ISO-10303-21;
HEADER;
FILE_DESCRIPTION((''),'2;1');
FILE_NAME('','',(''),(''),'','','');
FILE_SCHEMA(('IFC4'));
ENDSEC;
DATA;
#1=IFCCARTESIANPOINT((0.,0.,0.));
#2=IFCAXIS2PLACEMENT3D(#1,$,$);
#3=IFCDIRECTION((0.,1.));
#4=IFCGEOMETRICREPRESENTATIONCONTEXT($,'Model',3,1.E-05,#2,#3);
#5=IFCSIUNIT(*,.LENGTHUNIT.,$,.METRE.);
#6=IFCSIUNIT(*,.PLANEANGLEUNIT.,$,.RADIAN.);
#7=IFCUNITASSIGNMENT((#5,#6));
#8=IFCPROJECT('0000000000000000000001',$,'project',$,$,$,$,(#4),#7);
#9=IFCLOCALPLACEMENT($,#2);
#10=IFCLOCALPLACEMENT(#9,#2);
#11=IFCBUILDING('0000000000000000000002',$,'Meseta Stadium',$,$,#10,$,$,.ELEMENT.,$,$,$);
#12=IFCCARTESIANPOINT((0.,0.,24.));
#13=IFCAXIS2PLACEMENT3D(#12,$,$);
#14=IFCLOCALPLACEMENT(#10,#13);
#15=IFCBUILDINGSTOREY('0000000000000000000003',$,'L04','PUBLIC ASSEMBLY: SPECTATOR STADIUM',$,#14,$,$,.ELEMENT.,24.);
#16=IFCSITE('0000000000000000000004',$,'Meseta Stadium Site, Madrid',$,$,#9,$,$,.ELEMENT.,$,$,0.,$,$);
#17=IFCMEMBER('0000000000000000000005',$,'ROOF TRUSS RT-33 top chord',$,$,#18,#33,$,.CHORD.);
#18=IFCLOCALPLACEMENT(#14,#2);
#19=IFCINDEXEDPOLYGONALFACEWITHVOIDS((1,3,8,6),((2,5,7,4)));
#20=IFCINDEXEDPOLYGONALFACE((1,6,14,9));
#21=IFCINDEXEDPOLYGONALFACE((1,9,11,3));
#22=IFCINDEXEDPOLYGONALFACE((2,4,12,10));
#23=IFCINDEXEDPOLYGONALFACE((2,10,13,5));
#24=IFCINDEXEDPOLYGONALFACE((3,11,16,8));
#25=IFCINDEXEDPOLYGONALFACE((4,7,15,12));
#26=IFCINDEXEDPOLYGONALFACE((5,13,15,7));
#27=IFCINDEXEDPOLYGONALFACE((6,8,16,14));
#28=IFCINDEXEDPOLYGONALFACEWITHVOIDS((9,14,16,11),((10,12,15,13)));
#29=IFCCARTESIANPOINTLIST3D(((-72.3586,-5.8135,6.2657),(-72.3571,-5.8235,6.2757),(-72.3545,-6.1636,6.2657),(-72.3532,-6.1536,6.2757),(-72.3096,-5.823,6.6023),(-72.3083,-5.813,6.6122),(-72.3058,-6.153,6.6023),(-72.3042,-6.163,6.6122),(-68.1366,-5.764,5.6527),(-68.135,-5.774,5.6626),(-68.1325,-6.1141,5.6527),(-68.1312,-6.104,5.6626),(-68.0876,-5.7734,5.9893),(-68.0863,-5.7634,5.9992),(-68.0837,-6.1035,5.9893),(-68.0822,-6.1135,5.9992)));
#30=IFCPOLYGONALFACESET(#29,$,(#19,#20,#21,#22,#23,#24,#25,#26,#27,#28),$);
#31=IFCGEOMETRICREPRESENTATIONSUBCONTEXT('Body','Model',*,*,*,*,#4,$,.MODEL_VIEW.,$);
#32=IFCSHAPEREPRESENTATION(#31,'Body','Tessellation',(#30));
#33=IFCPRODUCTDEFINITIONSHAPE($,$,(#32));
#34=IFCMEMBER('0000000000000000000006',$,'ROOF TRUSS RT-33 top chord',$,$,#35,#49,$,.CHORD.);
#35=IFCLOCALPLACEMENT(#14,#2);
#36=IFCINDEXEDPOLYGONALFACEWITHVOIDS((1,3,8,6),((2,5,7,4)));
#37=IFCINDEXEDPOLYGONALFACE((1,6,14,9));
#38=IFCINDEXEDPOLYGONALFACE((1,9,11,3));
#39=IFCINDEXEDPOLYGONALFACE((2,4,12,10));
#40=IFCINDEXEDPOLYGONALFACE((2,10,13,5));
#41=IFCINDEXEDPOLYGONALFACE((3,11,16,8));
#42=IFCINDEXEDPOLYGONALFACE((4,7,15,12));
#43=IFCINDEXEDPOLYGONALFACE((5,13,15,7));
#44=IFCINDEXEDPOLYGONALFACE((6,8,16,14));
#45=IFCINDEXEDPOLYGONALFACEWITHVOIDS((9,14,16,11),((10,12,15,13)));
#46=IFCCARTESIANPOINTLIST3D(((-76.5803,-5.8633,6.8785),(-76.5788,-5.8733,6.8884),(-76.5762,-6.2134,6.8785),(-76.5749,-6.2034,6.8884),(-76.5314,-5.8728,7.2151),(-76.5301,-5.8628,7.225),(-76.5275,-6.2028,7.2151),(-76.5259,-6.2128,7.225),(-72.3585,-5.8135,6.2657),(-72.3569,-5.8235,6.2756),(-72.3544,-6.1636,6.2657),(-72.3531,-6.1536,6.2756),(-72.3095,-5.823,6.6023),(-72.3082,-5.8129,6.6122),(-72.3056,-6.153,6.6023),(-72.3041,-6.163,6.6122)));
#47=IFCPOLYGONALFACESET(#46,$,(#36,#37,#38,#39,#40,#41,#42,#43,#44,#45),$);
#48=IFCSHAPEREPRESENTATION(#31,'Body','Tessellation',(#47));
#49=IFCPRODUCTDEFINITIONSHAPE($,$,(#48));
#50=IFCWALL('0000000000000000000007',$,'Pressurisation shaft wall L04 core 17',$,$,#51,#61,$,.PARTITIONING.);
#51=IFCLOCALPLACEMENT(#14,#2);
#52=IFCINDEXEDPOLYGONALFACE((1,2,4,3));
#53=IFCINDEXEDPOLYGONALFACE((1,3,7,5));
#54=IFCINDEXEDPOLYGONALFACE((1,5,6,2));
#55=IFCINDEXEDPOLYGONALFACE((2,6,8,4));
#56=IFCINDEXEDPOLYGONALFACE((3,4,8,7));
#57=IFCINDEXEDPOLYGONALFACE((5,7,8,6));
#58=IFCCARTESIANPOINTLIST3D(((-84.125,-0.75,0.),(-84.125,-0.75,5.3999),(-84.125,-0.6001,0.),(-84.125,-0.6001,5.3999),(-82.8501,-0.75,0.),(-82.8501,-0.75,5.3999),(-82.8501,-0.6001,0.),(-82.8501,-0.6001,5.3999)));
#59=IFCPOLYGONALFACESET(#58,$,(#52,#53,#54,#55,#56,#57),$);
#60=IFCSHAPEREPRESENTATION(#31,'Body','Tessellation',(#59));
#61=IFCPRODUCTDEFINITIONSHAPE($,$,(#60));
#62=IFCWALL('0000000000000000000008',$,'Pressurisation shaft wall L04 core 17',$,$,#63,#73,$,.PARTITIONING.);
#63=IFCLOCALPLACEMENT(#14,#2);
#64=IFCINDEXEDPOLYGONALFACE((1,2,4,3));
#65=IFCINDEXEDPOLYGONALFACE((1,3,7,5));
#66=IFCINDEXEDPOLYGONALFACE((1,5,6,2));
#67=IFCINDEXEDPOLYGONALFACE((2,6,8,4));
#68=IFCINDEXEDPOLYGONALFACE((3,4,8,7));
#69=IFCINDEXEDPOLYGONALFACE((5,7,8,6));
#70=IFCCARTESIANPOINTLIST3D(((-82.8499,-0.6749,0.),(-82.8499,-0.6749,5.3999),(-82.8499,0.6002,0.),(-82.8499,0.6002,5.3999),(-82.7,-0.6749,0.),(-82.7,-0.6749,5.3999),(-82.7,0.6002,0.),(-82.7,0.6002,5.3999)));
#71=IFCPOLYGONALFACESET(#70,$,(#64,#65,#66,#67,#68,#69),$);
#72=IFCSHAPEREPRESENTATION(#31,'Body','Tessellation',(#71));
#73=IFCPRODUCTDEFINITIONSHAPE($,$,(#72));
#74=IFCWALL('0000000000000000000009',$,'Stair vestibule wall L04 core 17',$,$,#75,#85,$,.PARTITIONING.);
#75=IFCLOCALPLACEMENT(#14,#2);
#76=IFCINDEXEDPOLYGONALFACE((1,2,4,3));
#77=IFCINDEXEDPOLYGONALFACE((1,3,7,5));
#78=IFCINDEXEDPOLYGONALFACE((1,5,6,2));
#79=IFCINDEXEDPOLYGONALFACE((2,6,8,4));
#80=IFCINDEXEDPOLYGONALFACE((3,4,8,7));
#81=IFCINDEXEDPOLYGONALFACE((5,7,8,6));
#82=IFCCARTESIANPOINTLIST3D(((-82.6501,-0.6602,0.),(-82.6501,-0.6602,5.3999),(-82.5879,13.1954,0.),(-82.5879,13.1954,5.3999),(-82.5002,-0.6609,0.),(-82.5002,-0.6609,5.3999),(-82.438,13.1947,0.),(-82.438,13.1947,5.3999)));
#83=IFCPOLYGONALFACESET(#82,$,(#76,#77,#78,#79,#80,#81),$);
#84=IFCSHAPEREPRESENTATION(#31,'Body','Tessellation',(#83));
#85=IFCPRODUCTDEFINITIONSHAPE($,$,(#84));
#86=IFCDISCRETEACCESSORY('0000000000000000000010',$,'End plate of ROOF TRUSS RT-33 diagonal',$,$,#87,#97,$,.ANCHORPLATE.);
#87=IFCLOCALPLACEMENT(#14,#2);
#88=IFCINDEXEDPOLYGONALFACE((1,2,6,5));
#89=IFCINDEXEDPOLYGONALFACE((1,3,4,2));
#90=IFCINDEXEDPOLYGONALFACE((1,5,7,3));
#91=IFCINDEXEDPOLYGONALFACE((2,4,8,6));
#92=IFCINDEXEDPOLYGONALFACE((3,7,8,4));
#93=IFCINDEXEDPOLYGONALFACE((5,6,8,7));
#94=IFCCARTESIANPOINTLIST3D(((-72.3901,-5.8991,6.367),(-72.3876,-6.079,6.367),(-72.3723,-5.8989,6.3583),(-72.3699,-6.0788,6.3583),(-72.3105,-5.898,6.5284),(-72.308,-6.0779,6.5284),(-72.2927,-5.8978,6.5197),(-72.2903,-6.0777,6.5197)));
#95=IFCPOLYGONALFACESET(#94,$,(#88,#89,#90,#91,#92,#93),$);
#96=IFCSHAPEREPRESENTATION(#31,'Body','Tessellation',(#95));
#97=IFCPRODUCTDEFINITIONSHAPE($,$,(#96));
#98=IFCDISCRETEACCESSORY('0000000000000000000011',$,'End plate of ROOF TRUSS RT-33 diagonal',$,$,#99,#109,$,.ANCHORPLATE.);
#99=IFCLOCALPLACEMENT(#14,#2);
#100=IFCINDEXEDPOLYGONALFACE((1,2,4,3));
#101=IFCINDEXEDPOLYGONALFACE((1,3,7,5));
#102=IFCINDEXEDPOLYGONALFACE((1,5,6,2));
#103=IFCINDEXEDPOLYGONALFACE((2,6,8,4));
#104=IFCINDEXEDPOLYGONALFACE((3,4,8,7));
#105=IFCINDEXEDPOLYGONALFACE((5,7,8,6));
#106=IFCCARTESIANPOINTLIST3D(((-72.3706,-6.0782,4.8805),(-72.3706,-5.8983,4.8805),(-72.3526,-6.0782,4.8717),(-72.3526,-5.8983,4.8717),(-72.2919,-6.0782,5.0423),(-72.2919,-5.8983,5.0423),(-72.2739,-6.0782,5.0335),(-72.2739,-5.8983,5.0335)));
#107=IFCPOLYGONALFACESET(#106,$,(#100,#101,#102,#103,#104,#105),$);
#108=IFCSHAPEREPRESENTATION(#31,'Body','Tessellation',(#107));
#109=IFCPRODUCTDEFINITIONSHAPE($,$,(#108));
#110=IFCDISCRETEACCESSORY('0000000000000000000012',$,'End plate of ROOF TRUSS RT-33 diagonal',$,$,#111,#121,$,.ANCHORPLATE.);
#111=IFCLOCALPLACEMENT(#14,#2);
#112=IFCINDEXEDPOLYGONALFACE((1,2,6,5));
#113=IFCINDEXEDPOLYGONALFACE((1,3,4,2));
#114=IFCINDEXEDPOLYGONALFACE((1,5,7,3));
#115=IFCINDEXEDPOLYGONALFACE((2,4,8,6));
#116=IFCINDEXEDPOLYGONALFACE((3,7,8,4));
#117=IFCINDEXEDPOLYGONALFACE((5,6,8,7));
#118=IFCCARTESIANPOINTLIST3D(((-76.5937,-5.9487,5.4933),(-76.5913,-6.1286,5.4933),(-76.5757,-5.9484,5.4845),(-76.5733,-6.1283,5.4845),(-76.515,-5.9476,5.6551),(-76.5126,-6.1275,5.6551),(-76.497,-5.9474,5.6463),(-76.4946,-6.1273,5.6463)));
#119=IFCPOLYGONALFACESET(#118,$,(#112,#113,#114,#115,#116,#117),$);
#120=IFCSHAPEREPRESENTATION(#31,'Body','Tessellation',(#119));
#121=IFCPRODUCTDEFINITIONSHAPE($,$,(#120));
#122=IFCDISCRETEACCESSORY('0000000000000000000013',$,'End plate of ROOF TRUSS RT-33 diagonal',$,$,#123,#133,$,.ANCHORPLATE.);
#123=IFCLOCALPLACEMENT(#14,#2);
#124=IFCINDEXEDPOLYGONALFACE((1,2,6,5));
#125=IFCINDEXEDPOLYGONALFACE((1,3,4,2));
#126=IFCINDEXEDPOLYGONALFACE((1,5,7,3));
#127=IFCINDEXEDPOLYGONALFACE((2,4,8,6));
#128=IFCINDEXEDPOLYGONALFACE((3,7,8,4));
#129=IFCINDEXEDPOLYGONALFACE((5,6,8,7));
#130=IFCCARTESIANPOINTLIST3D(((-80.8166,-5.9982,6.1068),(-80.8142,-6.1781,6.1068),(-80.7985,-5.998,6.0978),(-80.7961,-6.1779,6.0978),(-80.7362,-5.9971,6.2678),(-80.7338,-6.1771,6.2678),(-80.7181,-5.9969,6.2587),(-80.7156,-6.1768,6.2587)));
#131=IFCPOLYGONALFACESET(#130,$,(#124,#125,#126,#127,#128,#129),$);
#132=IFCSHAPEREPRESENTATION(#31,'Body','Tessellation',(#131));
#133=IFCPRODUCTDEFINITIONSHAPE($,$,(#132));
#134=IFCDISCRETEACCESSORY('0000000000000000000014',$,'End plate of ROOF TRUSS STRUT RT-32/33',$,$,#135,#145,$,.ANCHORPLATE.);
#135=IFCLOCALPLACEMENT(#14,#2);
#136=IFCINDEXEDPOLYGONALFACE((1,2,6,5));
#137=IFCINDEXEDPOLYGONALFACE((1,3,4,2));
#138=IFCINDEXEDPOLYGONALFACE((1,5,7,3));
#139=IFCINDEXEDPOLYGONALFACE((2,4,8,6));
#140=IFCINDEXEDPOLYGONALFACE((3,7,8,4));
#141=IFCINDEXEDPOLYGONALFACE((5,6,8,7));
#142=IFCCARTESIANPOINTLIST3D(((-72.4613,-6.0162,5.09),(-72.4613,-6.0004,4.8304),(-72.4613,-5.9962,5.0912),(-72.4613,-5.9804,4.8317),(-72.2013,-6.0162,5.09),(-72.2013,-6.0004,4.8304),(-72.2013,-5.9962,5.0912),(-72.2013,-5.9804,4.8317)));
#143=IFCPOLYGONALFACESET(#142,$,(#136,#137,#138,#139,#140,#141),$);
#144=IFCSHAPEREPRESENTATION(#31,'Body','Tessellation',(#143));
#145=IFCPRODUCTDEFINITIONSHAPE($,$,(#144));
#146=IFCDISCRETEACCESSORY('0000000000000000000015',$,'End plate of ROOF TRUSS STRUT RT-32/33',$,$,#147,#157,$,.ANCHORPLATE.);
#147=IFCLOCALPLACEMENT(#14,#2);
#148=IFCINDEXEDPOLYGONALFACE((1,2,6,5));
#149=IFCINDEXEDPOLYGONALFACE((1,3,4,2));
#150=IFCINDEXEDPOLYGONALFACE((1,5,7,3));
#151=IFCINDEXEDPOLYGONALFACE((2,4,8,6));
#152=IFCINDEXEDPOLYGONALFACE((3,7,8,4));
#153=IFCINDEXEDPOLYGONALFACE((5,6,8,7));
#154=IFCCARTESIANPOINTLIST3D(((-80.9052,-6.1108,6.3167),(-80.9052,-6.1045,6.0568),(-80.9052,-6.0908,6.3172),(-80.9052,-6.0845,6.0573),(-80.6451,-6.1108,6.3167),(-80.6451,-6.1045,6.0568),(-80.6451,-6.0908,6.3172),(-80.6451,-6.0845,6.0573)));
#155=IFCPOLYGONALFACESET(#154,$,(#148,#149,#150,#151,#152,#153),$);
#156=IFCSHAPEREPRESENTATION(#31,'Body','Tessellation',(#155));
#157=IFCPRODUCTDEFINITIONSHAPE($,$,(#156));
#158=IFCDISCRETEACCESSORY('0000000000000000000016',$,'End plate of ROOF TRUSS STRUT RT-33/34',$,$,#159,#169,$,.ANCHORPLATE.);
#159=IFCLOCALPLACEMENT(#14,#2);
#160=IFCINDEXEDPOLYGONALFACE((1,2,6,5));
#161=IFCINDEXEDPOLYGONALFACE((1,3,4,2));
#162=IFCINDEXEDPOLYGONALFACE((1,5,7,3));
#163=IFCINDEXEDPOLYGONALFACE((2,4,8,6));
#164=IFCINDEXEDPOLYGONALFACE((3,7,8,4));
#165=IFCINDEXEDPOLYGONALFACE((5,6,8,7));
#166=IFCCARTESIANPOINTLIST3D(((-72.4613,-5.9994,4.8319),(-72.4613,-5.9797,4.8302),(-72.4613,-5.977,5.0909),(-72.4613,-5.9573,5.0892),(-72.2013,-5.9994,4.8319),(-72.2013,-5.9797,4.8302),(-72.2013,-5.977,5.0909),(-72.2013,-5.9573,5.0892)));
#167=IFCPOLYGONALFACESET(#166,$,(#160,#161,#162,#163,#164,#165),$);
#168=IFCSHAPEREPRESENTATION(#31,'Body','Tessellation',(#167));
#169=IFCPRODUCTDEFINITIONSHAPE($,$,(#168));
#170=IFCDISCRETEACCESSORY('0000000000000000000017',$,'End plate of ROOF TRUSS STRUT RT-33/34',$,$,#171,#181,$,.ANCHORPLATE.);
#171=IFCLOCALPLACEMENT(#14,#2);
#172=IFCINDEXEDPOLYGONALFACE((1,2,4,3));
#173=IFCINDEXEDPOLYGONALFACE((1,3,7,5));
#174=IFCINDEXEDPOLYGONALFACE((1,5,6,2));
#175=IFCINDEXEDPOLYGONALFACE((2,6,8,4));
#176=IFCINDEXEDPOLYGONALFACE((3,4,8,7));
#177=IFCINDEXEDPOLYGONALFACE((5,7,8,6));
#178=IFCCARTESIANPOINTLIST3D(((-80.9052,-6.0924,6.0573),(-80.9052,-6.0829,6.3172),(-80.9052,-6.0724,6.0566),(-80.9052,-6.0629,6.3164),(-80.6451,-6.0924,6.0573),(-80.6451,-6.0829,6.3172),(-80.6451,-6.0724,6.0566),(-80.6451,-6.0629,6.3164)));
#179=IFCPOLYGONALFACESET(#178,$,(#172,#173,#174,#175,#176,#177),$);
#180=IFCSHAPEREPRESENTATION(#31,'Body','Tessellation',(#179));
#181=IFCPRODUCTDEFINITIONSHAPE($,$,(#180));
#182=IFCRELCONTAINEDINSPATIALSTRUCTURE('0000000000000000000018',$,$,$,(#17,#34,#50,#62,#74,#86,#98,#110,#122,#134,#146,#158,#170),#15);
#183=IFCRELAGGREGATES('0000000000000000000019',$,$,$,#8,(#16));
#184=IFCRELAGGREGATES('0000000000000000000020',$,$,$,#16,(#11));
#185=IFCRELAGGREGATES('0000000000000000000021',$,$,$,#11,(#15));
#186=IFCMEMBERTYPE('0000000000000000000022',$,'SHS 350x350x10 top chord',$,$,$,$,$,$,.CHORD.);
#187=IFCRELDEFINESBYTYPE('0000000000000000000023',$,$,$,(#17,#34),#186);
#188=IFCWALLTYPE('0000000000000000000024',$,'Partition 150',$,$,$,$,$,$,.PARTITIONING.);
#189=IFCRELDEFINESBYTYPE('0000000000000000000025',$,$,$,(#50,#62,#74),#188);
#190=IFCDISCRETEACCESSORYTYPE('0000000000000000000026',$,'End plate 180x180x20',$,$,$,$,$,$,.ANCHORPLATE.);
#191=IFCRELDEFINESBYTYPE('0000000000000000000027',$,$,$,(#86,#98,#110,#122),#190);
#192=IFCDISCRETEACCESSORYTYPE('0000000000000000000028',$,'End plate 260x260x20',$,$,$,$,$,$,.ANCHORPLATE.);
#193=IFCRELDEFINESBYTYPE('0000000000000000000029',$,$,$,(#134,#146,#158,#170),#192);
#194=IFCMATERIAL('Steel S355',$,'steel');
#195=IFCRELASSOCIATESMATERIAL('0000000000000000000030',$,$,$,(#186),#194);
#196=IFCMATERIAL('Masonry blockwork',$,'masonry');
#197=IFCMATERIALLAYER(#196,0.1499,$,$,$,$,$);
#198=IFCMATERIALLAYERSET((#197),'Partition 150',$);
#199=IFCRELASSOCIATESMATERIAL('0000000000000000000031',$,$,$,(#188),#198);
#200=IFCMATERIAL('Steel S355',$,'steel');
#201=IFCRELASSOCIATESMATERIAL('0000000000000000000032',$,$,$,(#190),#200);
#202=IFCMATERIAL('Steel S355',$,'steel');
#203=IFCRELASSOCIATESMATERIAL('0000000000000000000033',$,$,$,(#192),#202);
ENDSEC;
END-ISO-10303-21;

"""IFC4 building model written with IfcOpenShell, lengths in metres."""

from ifc_helpers import new_model, si_unit, direction, frame, frame_2d, origin, origin_2d, place, context, subcontext, project, spatial, rectangle, hollow_rectangle, extrude, material, layer, layer_set, material_profile, profile_set, type_object, element, save


model = new_model("IFC4")

# Units and contexts
model_context = context("Model", 3, precision=1e-05, world=origin(), true_north=direction((0.0, 1.0)))
body_context = subcontext(model_context, "Body", "Model", "MODEL_VIEW")
ifc_project = project(units=[si_unit("LENGTHUNIT", "METRE"), si_unit("PLANEANGLEUNIT", "RADIAN")], contexts=[model_context])

# Site, building, storey
site_placement = place(None, origin())
site = spatial("IfcSite", under=ifc_project, at=site_placement, Name="Meseta Stadium Site, Madrid", CompositionType="ELEMENT", RefElevation=0.0)
building_placement = place(site_placement, origin())
building = spatial("IfcBuilding", under=site, at=building_placement, Name="Meseta Stadium", CompositionType="ELEMENT")
storey_placement = place(building_placement, frame((0.0, 0.0, 24.0)))
storey = spatial("IfcBuildingStorey", under=building, at=storey_placement, Name="L04", Description="PUBLIC ASSEMBLY: SPECTATOR STADIUM", CompositionType="ELEMENT", Elevation=24.0)

# Members
ifc_material_1 = material(Name="Steel S355", Category="steel")
ifc_material_profile_1 = material_profile(ifc_material_1, hollow_rectangle(XDim=0.3501, YDim=0.3501, WallThickness=0.01, at=origin_2d()), Name="SHS 350x350x10")
ifc_profile_set_1 = profile_set([ifc_material_profile_1], Name="Steel S355")
member_type_1 = type_object("IfcMemberType", Name="SHS 350x350x10 top chord", PredefinedType="CHORD", material=ifc_profile_set_1)
member_1_placement = place(storey_placement, frame((-68.1094, -5.9387, 5.8259), z_axis=(-0.989555, -0.011616, 0.143687), x_axis=(0.011738, -0.999931, 0.0)))
element("IfcMember", 1, at=member_1_placement, inside=storey, type_object=member_type_1, Name="ROOF TRUSS RT-33 top chord", PredefinedType="CHORD", context=body_context, shape_type="SweptSolid", body=[
    extrude(hollow_rectangle(XDim=0.3501, YDim=0.3501, WallThickness=0.01, at=origin_2d()), origin(), (0.0, 0.0, 1.0), 4.2666),
])
member_2_placement = place(storey_placement, frame((-72.3313, -5.9883, 6.439), z_axis=(-0.989563, -0.011674, 0.14363), x_axis=(0.011796, -0.99993, 0.0)))
element("IfcMember", 2, at=member_2_placement, inside=storey, type_object=member_type_1, Name="ROOF TRUSS RT-33 top chord", PredefinedType="CHORD", context=body_context, shape_type="SweptSolid", body=[
    extrude(hollow_rectangle(XDim=0.3501, YDim=0.3501, WallThickness=0.01, at=origin_2d()), origin(), (0.0, 0.0, 1.0), 4.2664),
])

# Walls
ifc_material_2 = material(Name="Masonry blockwork", Category="masonry")
ifc_layer = layer(ifc_material_2, 0.1499)
ifc_layer_set = layer_set([ifc_layer], Name="Partition 150")
wall_type = type_object("IfcWallType", Name="Partition 150", PredefinedType="PARTITIONING", material=ifc_layer_set)
wall_1_placement = place(storey_placement, frame((-84.125, -0.675, 0.0), z_axis=(0.0, 0.0, 1.0), x_axis=(1.0, 0.0, 0.0)))
element("IfcWall", 3, at=wall_1_placement, inside=storey, type_object=wall_type, Name="Pressurisation shaft wall L04 core 17", PredefinedType="PARTITIONING", context=body_context, shape_type="SweptSolid", body=[
    extrude(rectangle(XDim=1.2749, YDim=0.1499, at=frame_2d((0.6375, 0.0))), origin(), (0.0, 0.0, 1.0), 5.3999),
])
wall_2_placement = place(storey_placement, frame((-82.7749, -0.675, 0.0), z_axis=(0.0, 0.0, 1.0), x_axis=(0.0, 1.0, 0.0)))
element("IfcWall", 4, at=wall_2_placement, inside=storey, type_object=wall_type, Name="Pressurisation shaft wall L04 core 17", PredefinedType="PARTITIONING", context=body_context, shape_type="SweptSolid", body=[
    extrude(rectangle(XDim=1.2751, YDim=0.1499, at=frame_2d((0.6377, 0.0))), origin(), (0.0, 0.0, 1.0), 5.3999),
])
wall_3_placement = place(storey_placement, frame((-82.5752, -0.6604, 0.0), z_axis=(0.0, 0.0, 1.0), x_axis=(0.004493, 0.99999, 0.0)))
element("IfcWall", 5, at=wall_3_placement, inside=storey, type_object=wall_type, Name="Stair vestibule wall L04 core 17", PredefinedType="PARTITIONING", context=body_context, shape_type="SweptSolid", body=[
    extrude(rectangle(XDim=13.8557, YDim=0.1499, at=frame_2d((6.9277, 0.0))), origin(), (0.0, 0.0, 1.0), 5.3999),
])

# Discrete accessories
ifc_material_3 = material(Name="Steel S355", Category="steel")
ifc_material_profile_2 = material_profile(ifc_material_3, rectangle(XDim=0.1799, YDim=0.1799, at=origin_2d()), Name="PL 180x180")
ifc_profile_set_2 = profile_set([ifc_material_profile_2], Name="Steel S355")
discrete_accessory_type_1 = type_object("IfcDiscreteAccessoryType", Name="End plate 180x180x20", PredefinedType="ANCHORPLATE", material=ifc_profile_set_2)
discrete_accessory_1_placement = place(storey_placement, frame((-72.3313, -5.9883, 6.439), z_axis=(-0.896803, -0.012285, 0.442259), x_axis=(0.013697, -0.999906, 0.0)))
element("IfcDiscreteAccessory", 6, at=discrete_accessory_1_placement, inside=storey, type_object=discrete_accessory_type_1, Name="End plate of ROOF TRUSS RT-33 diagonal", PredefinedType="ANCHORPLATE", context=body_context, shape_type="SweptSolid", body=[
    extrude(rectangle(XDim=0.1799, YDim=0.1799, at=origin_2d()), origin(), (0.0, 0.0, 1.0), 0.0198),
])
for number, where, z_axis, x_axis, name in (
    (7, (-72.3132, -5.9883, 4.9526), (-0.899235, 0.0, 0.437466), (0.0, -1.0, 0.0), "End plate of ROOF TRUSS RT-33 diagonal"),
    (8, (-76.5352, -6.0378, 5.5654), (-0.899169, -0.012151, 0.437433), (0.013512, -0.999909, 0.0), "End plate of ROOF TRUSS RT-33 diagonal"),
):
    element("IfcDiscreteAccessory", number, at=place(storey_placement, frame(where, z_axis=z_axis, x_axis=x_axis)), inside=storey, type_object=discrete_accessory_type_1, Name=name, PredefinedType="ANCHORPLATE", context=body_context, shape_type="SweptSolid", body=[
        extrude(rectangle(XDim=0.1799, YDim=0.1799, at=origin_2d()), origin(), (0.0, 0.0, 1.0), 0.02),
    ])
discrete_accessory_2_placement = place(storey_placement, frame((-80.7571, -6.0874, 6.1782), z_axis=(-0.894362, -0.012086, 0.447181), x_axis=(0.013512, -0.999909, 0.0)))
element("IfcDiscreteAccessory", 9, at=discrete_accessory_2_placement, inside=storey, type_object=discrete_accessory_type_1, Name="End plate of ROOF TRUSS RT-33 diagonal", PredefinedType="ANCHORPLATE", context=body_context, shape_type="SweptSolid", body=[
    extrude(rectangle(XDim=0.1799, YDim=0.1799, at=origin_2d()), origin(), (0.0, 0.0, 1.0), 0.0203),
])
ifc_material_4 = material(Name="Steel S355", Category="steel")
ifc_material_profile_3 = material_profile(ifc_material_4, rectangle(XDim=0.26, YDim=0.26, at=origin_2d()), Name="PL 260x260")
ifc_profile_set_3 = profile_set([ifc_material_profile_3], Name="Steel S355")
discrete_accessory_type_2 = type_object("IfcDiscreteAccessoryType", Name="End plate 260x260x20", PredefinedType="ANCHORPLATE", material=ifc_profile_set_3)
for number, where, z_axis, x_axis, name in (
    (10, (-72.3313, -5.9883, 4.9614), (0.0, -0.998146, -0.060863), (1.0, 0.0, 0.0), "End plate of ROOF TRUSS STRUT RT-32/33"),
    (11, (-80.7751, -6.0876, 6.1873), (0.0, -0.999703, -0.024383), (1.0, 0.0, 0.0), "End plate of ROOF TRUSS STRUT RT-32/33"),
):
    element("IfcDiscreteAccessory", number, at=place(storey_placement, frame(where, z_axis=z_axis, x_axis=x_axis)), inside=storey, type_object=discrete_accessory_type_2, Name=name, PredefinedType="ANCHORPLATE", context=body_context, shape_type="SweptSolid", body=[
        extrude(rectangle(XDim=0.26, YDim=0.26, at=origin_2d()), origin(), (0.0, 0.0, 1.0), 0.02),
    ])
discrete_accessory_3_placement = place(storey_placement, frame((-72.3313, -5.9685, 4.9597), z_axis=(0.0, -0.996287, 0.086099), x_axis=(1.0, 0.0, 0.0)))
element("IfcDiscreteAccessory", 12, at=discrete_accessory_3_placement, inside=storey, type_object=discrete_accessory_type_2, Name="End plate of ROOF TRUSS STRUT RT-33/34", PredefinedType="ANCHORPLATE", context=body_context, shape_type="SweptSolid", body=[
    extrude(rectangle(XDim=0.26, YDim=0.26, at=origin_2d()), origin(), (0.0, 0.0, 1.0), 0.0198),
])
discrete_accessory_4_placement = place(storey_placement, frame((-80.7751, -6.0676, 6.1865), z_axis=(0.0, -0.999331, 0.036561), x_axis=(1.0, 0.0, 0.0)))
element("IfcDiscreteAccessory", 13, at=discrete_accessory_4_placement, inside=storey, type_object=discrete_accessory_type_2, Name="End plate of ROOF TRUSS STRUT RT-33/34", PredefinedType="ANCHORPLATE", context=body_context, shape_type="SweptSolid", body=[
    extrude(rectangle(XDim=0.26, YDim=0.26, at=origin_2d()), origin(), (0.0, 0.0, 1.0), 0.02),
])

save(model, "model.ifc")
